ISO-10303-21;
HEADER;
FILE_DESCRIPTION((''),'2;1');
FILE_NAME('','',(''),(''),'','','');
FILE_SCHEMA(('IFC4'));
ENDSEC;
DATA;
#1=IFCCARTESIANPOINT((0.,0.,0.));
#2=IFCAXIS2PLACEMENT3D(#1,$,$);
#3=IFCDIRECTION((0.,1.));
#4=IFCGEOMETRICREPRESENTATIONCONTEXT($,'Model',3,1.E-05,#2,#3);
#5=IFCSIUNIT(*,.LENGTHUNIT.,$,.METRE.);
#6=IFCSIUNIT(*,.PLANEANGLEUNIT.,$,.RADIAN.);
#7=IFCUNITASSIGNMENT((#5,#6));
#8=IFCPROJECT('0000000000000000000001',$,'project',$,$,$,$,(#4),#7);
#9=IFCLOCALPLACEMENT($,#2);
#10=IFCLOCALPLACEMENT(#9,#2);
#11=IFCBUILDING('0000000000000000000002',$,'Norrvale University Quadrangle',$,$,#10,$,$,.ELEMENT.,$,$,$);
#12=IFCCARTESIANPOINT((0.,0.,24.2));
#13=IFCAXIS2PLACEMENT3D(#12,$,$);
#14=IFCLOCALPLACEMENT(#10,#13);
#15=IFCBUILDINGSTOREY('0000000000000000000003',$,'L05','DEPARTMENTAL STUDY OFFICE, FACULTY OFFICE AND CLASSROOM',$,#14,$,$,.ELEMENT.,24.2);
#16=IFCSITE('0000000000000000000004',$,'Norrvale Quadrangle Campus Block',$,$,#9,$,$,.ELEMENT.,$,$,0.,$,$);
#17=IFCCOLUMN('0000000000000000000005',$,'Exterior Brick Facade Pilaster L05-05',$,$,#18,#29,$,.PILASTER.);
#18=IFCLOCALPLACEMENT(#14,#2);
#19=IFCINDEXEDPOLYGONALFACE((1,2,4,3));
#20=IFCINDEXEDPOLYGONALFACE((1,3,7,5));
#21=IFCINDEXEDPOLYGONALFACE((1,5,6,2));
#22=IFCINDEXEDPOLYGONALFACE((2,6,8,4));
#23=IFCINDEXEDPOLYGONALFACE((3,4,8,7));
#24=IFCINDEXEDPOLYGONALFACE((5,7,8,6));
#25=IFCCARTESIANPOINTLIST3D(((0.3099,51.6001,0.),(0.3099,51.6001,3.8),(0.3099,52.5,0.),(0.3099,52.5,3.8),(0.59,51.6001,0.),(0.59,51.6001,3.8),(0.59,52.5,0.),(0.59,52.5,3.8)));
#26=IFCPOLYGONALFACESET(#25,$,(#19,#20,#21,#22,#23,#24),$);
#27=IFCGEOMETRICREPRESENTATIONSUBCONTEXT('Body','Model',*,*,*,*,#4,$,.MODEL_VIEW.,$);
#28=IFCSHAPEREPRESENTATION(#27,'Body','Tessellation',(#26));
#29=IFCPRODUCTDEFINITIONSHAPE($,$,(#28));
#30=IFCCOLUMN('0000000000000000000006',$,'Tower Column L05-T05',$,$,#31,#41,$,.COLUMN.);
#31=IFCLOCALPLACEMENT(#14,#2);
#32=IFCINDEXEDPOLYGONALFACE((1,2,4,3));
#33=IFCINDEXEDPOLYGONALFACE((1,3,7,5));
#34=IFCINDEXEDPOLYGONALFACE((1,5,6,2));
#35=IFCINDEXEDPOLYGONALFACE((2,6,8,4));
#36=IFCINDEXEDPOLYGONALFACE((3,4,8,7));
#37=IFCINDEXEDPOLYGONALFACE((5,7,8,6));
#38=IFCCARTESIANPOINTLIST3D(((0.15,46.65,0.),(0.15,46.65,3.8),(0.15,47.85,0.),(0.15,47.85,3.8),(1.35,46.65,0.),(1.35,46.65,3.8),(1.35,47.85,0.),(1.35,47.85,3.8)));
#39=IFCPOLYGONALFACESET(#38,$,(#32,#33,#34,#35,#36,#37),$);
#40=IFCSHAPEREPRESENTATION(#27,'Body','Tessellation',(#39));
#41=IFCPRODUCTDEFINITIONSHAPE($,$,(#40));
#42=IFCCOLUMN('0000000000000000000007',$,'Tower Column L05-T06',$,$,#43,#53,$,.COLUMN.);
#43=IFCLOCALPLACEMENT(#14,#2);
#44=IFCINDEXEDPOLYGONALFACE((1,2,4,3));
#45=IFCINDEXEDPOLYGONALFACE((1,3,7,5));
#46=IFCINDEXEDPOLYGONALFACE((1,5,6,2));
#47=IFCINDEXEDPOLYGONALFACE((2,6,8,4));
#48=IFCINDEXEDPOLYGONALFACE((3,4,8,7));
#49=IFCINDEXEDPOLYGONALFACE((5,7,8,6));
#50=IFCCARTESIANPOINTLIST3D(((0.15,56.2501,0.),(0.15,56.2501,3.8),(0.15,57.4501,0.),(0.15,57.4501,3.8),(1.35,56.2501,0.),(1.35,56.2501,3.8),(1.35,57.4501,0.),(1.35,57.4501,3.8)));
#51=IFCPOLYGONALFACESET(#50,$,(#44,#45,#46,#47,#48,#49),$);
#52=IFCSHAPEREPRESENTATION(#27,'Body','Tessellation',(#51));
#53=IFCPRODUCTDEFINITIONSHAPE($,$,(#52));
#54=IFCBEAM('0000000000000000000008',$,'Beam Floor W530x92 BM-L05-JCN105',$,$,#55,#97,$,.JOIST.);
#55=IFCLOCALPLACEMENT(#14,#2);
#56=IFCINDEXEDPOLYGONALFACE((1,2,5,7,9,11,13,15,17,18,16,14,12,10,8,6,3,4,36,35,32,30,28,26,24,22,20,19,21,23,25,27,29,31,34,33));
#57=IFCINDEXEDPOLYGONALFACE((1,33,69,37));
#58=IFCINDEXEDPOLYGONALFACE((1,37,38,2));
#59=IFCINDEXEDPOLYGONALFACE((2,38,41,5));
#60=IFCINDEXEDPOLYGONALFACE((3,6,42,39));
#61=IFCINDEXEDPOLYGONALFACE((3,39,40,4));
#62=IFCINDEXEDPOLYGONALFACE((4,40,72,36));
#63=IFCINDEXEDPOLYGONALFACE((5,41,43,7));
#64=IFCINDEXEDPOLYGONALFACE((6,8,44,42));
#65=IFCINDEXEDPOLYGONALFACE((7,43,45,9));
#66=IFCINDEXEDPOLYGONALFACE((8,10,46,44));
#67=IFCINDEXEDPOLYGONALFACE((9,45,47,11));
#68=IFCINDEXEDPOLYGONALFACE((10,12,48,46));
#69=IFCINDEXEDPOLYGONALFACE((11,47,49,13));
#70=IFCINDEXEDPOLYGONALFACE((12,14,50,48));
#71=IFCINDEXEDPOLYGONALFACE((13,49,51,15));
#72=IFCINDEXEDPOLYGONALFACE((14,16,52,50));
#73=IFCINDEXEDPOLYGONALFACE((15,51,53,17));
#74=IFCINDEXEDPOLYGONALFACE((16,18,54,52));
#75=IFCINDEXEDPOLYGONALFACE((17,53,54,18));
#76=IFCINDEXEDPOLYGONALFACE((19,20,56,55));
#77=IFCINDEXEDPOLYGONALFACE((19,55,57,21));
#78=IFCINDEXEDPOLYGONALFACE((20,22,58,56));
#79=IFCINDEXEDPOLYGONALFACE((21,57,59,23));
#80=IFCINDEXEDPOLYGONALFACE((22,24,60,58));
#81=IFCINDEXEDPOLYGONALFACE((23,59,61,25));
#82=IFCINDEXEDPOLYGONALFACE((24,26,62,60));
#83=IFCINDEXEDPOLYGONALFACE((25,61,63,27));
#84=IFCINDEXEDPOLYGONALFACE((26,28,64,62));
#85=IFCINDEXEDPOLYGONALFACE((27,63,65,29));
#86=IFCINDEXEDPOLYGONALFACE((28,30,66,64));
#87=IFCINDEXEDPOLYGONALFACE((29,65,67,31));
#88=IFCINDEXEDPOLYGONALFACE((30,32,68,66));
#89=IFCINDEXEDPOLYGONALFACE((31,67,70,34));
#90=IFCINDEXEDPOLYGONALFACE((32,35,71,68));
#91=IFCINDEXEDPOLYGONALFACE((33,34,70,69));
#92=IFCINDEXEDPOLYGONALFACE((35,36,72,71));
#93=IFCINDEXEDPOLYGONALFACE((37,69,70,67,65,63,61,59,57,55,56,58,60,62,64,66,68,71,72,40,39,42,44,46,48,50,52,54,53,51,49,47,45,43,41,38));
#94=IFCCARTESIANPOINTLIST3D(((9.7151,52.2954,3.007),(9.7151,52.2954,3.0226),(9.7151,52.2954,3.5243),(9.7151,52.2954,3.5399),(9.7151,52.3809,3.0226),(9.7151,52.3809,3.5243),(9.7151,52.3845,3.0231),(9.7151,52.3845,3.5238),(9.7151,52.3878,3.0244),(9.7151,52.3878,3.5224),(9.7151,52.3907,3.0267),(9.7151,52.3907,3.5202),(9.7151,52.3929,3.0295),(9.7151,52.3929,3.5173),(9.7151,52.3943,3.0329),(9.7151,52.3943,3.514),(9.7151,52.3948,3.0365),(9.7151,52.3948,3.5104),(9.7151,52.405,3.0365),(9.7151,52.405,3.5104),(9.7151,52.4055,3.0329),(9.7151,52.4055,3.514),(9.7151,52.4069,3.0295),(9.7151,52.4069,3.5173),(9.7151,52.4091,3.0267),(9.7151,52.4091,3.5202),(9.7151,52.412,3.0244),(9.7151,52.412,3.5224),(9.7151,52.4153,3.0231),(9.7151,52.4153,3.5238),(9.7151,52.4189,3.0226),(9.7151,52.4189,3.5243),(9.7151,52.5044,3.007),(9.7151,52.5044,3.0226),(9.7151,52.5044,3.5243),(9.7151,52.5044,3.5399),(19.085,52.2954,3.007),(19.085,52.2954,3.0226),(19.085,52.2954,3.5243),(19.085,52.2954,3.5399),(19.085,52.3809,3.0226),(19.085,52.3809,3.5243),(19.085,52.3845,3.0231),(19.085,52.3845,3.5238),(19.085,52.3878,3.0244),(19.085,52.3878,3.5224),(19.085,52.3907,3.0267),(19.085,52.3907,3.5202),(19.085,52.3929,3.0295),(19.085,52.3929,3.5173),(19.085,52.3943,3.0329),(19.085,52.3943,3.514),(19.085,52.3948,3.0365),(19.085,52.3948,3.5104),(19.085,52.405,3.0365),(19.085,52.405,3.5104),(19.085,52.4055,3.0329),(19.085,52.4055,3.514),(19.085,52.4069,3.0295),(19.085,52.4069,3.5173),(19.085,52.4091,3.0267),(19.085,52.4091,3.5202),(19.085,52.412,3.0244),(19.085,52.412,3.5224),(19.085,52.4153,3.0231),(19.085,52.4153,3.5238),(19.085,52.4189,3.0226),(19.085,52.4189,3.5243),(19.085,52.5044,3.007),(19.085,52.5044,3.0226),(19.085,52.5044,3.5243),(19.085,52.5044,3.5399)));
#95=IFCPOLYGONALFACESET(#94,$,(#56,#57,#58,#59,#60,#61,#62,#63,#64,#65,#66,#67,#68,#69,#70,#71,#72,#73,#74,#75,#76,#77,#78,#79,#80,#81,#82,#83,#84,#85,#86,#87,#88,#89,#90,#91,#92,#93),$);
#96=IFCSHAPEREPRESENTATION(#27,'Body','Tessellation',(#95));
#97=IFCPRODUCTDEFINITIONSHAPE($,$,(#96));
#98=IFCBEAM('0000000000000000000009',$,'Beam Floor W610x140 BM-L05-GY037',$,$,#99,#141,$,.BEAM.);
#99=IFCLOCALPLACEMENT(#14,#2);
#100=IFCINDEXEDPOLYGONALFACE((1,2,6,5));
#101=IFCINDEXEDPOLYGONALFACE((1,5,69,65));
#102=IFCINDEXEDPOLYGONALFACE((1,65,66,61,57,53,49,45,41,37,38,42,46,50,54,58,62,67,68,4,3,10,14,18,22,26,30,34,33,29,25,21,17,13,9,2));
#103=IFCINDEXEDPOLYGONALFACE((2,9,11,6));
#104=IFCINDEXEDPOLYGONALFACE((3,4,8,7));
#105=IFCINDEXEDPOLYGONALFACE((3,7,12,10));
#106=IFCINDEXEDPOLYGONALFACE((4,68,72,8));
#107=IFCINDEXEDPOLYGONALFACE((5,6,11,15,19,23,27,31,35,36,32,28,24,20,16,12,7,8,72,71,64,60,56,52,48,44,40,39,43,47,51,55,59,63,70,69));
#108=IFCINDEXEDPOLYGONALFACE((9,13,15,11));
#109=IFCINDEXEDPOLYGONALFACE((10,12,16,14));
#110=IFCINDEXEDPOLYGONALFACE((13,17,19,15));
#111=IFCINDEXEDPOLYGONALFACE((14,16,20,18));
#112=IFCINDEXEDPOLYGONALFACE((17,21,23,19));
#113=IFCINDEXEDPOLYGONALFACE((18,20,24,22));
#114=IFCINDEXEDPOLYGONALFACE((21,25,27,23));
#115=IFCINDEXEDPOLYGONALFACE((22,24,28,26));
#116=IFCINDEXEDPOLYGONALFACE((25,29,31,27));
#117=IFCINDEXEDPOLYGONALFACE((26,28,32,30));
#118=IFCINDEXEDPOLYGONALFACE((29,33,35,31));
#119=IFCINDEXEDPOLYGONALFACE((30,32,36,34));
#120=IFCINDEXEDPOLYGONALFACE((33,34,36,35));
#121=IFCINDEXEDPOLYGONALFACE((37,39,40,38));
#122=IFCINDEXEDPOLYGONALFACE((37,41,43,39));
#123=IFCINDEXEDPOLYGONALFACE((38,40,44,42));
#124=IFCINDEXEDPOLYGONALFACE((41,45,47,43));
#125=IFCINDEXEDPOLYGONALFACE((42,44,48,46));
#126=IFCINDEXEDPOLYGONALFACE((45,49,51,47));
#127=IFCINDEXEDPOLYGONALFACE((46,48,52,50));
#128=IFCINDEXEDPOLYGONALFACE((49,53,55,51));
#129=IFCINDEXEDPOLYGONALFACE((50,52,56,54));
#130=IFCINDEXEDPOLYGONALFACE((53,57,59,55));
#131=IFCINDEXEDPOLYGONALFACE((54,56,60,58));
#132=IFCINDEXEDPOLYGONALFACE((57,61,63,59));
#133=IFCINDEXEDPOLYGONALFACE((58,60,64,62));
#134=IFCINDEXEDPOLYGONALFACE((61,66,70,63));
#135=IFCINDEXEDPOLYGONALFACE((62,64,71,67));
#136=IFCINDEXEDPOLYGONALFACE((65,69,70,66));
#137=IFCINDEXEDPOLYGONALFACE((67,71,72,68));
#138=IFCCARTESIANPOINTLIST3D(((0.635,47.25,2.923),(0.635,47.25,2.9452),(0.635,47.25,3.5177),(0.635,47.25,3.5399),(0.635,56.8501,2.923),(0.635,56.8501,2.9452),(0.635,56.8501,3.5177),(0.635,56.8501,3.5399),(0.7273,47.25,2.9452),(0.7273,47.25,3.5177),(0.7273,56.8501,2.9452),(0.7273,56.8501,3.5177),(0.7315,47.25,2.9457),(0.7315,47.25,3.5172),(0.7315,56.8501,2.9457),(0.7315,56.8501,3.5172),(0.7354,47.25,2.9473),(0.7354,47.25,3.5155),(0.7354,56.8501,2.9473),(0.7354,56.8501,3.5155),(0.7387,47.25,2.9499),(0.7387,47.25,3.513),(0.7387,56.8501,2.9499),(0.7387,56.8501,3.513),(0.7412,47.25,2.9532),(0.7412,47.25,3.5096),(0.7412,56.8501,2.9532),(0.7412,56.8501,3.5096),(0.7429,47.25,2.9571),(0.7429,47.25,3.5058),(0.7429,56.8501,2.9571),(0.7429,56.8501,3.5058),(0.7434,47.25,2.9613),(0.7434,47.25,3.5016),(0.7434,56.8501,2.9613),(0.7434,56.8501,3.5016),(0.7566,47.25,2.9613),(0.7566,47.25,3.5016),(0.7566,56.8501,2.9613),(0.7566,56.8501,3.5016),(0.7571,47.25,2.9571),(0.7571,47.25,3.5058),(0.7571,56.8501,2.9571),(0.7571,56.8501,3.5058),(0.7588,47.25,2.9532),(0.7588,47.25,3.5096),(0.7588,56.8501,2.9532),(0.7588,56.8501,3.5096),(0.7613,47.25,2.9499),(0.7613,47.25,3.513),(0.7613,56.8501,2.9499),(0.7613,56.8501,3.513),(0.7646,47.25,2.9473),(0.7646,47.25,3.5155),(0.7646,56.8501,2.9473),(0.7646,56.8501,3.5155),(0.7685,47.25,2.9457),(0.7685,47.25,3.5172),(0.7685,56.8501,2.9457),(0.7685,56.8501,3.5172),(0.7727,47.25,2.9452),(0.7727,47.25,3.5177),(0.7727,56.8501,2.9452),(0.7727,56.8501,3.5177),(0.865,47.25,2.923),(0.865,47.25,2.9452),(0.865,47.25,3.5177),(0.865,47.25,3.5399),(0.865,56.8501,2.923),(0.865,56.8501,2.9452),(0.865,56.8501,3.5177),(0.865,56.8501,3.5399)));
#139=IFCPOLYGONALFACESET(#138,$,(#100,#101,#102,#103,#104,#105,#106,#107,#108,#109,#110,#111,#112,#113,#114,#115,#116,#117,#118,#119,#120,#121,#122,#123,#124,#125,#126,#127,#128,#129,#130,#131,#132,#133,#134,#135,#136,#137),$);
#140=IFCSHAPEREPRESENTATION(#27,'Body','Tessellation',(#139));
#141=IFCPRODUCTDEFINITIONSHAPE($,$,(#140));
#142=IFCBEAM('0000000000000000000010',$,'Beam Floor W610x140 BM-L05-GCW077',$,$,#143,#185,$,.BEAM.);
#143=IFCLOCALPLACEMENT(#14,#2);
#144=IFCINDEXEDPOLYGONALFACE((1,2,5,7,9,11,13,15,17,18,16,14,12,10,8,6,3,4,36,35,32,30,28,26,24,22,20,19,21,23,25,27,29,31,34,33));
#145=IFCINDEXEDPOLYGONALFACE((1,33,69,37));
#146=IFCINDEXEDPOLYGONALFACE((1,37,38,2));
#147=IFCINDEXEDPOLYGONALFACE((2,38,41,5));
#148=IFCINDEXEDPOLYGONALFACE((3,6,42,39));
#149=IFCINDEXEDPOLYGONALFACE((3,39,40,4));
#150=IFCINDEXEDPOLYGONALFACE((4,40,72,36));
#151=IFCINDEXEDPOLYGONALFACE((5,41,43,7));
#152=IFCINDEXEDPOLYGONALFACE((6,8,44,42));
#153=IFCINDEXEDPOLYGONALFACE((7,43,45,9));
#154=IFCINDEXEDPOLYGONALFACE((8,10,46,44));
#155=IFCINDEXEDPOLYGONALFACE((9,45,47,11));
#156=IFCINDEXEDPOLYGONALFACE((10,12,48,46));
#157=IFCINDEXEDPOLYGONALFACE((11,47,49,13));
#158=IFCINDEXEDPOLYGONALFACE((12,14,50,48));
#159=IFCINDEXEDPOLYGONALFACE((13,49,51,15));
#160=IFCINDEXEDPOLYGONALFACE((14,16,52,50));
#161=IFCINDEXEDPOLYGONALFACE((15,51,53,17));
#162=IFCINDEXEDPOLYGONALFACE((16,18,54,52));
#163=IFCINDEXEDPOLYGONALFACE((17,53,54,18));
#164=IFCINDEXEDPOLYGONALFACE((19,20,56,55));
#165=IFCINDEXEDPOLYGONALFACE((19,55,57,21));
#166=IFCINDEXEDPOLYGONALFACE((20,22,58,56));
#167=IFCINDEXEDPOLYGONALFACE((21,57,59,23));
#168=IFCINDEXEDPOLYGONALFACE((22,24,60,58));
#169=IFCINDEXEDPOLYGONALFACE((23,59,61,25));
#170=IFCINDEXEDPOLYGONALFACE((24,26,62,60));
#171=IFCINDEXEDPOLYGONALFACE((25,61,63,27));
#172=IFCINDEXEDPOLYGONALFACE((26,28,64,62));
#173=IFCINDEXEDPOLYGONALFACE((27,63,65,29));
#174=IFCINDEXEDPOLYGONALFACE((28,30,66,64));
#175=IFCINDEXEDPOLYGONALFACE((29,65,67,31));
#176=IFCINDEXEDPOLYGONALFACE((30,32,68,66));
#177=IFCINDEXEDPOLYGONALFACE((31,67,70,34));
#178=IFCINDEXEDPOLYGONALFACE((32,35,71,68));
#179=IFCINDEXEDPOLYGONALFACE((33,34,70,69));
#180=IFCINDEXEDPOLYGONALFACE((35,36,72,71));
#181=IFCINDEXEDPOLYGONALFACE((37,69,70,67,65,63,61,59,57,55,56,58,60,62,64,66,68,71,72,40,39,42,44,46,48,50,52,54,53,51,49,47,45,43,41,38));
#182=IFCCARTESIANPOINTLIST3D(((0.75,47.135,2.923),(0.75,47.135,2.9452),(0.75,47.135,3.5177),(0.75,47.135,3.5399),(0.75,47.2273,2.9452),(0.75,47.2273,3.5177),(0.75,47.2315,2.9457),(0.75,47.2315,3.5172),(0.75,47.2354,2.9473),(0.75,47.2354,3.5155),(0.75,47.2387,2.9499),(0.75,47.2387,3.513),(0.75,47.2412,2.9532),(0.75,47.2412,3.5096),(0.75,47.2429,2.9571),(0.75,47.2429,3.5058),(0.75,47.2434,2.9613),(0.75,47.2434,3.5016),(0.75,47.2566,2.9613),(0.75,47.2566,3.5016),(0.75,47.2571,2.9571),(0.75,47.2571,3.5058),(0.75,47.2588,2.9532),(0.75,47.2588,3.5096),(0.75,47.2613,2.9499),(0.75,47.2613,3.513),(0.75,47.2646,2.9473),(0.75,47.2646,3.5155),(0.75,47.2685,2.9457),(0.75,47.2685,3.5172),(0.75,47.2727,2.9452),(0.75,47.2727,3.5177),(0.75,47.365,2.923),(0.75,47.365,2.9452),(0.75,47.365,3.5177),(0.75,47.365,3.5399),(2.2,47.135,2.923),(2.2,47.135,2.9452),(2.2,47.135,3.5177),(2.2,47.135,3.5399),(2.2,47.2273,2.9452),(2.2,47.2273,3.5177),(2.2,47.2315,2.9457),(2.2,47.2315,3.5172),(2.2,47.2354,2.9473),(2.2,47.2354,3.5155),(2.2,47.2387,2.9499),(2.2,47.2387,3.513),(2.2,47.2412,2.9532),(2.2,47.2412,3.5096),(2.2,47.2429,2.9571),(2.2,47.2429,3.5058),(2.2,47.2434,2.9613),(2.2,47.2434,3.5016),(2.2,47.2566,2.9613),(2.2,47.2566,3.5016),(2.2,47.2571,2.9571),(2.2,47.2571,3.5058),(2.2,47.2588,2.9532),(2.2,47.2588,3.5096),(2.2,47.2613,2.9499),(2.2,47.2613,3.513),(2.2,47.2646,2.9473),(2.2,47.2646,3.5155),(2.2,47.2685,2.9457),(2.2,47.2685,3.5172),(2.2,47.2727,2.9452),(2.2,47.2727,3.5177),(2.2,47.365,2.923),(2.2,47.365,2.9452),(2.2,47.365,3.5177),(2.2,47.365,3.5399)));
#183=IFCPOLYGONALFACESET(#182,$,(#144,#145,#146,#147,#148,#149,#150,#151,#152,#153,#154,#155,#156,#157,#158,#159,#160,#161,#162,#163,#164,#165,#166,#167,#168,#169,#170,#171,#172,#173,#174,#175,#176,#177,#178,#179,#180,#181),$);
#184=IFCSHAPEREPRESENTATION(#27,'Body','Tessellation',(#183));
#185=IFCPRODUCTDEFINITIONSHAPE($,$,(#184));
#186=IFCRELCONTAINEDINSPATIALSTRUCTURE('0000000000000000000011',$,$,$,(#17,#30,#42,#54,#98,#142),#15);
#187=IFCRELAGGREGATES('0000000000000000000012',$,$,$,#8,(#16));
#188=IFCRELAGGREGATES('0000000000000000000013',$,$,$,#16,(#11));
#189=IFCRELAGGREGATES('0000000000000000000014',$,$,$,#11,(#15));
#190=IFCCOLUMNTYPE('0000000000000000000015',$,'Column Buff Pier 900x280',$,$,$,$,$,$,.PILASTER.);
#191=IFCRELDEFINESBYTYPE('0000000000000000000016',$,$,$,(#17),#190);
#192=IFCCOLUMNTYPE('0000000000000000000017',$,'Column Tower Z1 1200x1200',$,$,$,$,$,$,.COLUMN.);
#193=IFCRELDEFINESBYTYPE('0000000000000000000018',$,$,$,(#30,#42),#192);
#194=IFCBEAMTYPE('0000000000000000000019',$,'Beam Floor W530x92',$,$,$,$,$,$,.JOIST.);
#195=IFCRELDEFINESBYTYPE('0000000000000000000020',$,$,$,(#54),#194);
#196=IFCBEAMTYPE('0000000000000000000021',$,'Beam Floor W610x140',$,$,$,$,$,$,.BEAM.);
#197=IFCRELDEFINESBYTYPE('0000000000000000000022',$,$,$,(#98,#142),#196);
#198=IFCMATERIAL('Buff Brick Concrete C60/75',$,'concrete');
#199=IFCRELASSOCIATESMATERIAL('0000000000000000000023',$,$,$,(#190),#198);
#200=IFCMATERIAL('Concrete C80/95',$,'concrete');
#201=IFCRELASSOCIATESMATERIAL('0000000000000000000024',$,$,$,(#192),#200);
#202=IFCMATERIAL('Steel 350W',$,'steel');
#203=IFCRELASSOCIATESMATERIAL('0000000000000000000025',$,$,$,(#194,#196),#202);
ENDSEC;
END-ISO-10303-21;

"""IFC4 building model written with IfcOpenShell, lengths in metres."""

from ifc_helpers import new_model, si_unit, direction, frame, origin, origin_2d, place, context, subcontext, project, spatial, rectangle, i_section, extrude, material, material_profile, profile_set, type_object, element, save


model = new_model("IFC4")

# Units and contexts
model_context = context("Model", 3, precision=1e-05, world=origin(), true_north=direction((0.0, 1.0)))
body_context = subcontext(model_context, "Body", "Model", "MODEL_VIEW")
ifc_project = project(units=[si_unit("LENGTHUNIT", "METRE"), si_unit("PLANEANGLEUNIT", "RADIAN")], contexts=[model_context])

# Site, building, storey
site_placement = place(None, origin())
site = spatial("IfcSite", under=ifc_project, at=site_placement, Name="Norrvale Quadrangle Campus Block", CompositionType="ELEMENT", RefElevation=0.0)
building_placement = place(site_placement, origin())
building = spatial("IfcBuilding", under=site, at=building_placement, Name="Norrvale University Quadrangle", CompositionType="ELEMENT")
storey_placement = place(building_placement, frame((0.0, 0.0, 24.2)))
storey = spatial("IfcBuildingStorey", under=building, at=storey_placement, Name="L05", Description="DEPARTMENTAL STUDY OFFICE, FACULTY OFFICE AND CLASSROOM", CompositionType="ELEMENT", Elevation=24.2)

# Columns
ifc_material_1 = material(Name="Buff Brick Concrete C60/75", Category="concrete")
ifc_material_profile_1 = material_profile(ifc_material_1, rectangle(XDim=0.8999, YDim=0.28, at=origin_2d()), Name="Buff Brick Concrete C60/75")
ifc_profile_set_1 = profile_set([ifc_material_profile_1], Name="Buff Brick Concrete C60/75")
column_type_1 = type_object("IfcColumnType", Name="Column Buff Pier 900x280", PredefinedType="PILASTER", material=ifc_profile_set_1)
column_placement = place(storey_placement, frame((0.45, 52.05, 0.0), z_axis=(0.0, 0.0, 1.0), x_axis=(0.0, 1.0, 0.0)))
element("IfcColumn", 1, at=column_placement, inside=storey, type_object=column_type_1, Name="Exterior Brick Facade Pilaster L05-05", PredefinedType="PILASTER", context=body_context, shape_type="SweptSolid", body=[
    extrude(rectangle(XDim=0.8999, YDim=0.28, at=origin_2d()), origin(), (0.0, 0.0, 1.0), 3.8),
])
ifc_material_2 = material(Name="Concrete C80/95", Category="concrete")
ifc_material_profile_2 = material_profile(ifc_material_2, rectangle(XDim=1.2, YDim=1.2, at=origin_2d()), Name="Concrete C80/95")
ifc_profile_set_2 = profile_set([ifc_material_profile_2], Name="Concrete C80/95")
column_type_2 = type_object("IfcColumnType", Name="Column Tower Z1 1200x1200", PredefinedType="COLUMN", material=ifc_profile_set_2)
for number, where, z_axis, x_axis, name in (
    (2, (0.75, 47.25, 0.0), (0.0, 0.0, 1.0), (1.0, 0.0, 0.0), "Tower Column L05-T05"),
    (3, (0.75, 56.8501, 0.0), (0.0, 0.0, 1.0), (1.0, 0.0, 0.0), "Tower Column L05-T06"),
):
    element("IfcColumn", number, at=place(storey_placement, frame(where, z_axis=z_axis, x_axis=x_axis)), inside=storey, type_object=column_type_2, Name=name, PredefinedType="COLUMN", context=body_context, shape_type="SweptSolid", body=[
        extrude(rectangle(XDim=1.2, YDim=1.2, at=origin_2d()), origin(), (0.0, 0.0, 1.0), 3.8),
    ])

# Beams
ifc_material_3 = material(Name="Steel 350W", Category="steel")
ifc_material_profile_3 = material_profile(ifc_material_3, i_section(OverallWidth=0.209, OverallDepth=0.533, WebThickness=0.0103, FlangeThickness=0.0156, FilletRadius=0.0139, at=origin_2d()), Name="Steel 350W")
ifc_profile_set_3 = profile_set([ifc_material_profile_3], Name="Steel 350W")
beam_type_1 = type_object("IfcBeamType", Name="Beam Floor W530x92", PredefinedType="JOIST", material=ifc_profile_set_3)
beam_1_placement = place(storey_placement, frame((9.7151, 52.3999, 3.2734), z_axis=(1.0, 0.0, 0.0), x_axis=(0.0, 1.0, 0.0)))
element("IfcBeam", 4, at=beam_1_placement, inside=storey, type_object=beam_type_1, Name="Beam Floor W530x92 BM-L05-JCN105", PredefinedType="JOIST", context=body_context, shape_type="SweptSolid", body=[
    extrude(i_section(OverallWidth=0.209, OverallDepth=0.533, WebThickness=0.0103, FlangeThickness=0.0156, FilletRadius=0.0139, at=origin_2d()), origin(), (0.0, 0.0, 1.0), 9.3699),
])
ifc_material_profile_4 = material_profile(ifc_material_3, i_section(OverallWidth=0.23, OverallDepth=0.6169, WebThickness=0.0132, FlangeThickness=0.0222, FilletRadius=0.0161, at=origin_2d()), Name="Steel 350W")
ifc_profile_set_4 = profile_set([ifc_material_profile_4], Name="Steel 350W")
beam_type_2 = type_object("IfcBeamType", Name="Beam Floor W610x140", PredefinedType="BEAM", material=ifc_profile_set_4)
beam_2_placement = place(storey_placement, frame((0.75, 47.25, 3.2314), z_axis=(0.0, 1.0, 0.0), x_axis=(-1.0, 0.0, 0.0)))
element("IfcBeam", 5, at=beam_2_placement, inside=storey, type_object=beam_type_2, Name="Beam Floor W610x140 BM-L05-GY037", PredefinedType="BEAM", context=body_context, shape_type="SweptSolid", body=[
    extrude(i_section(OverallWidth=0.23, OverallDepth=0.6169, WebThickness=0.0132, FlangeThickness=0.0222, FilletRadius=0.0161, at=origin_2d()), origin(), (0.0, 0.0, 1.0), 9.6001),
])
beam_3_placement = place(storey_placement, frame((0.75, 47.25, 3.2314), z_axis=(1.0, 0.0, 0.0), x_axis=(0.0, 1.0, 0.0)))
element("IfcBeam", 6, at=beam_3_placement, inside=storey, type_object=beam_type_2, Name="Beam Floor W610x140 BM-L05-GCW077", PredefinedType="BEAM", context=body_context, shape_type="SweptSolid", body=[
    extrude(i_section(OverallWidth=0.23, OverallDepth=0.6169, WebThickness=0.0132, FlangeThickness=0.0222, FilletRadius=0.0161, at=origin_2d()), origin(), (0.0, 0.0, 1.0), 1.45),
])

save(model, "model.ifc")
